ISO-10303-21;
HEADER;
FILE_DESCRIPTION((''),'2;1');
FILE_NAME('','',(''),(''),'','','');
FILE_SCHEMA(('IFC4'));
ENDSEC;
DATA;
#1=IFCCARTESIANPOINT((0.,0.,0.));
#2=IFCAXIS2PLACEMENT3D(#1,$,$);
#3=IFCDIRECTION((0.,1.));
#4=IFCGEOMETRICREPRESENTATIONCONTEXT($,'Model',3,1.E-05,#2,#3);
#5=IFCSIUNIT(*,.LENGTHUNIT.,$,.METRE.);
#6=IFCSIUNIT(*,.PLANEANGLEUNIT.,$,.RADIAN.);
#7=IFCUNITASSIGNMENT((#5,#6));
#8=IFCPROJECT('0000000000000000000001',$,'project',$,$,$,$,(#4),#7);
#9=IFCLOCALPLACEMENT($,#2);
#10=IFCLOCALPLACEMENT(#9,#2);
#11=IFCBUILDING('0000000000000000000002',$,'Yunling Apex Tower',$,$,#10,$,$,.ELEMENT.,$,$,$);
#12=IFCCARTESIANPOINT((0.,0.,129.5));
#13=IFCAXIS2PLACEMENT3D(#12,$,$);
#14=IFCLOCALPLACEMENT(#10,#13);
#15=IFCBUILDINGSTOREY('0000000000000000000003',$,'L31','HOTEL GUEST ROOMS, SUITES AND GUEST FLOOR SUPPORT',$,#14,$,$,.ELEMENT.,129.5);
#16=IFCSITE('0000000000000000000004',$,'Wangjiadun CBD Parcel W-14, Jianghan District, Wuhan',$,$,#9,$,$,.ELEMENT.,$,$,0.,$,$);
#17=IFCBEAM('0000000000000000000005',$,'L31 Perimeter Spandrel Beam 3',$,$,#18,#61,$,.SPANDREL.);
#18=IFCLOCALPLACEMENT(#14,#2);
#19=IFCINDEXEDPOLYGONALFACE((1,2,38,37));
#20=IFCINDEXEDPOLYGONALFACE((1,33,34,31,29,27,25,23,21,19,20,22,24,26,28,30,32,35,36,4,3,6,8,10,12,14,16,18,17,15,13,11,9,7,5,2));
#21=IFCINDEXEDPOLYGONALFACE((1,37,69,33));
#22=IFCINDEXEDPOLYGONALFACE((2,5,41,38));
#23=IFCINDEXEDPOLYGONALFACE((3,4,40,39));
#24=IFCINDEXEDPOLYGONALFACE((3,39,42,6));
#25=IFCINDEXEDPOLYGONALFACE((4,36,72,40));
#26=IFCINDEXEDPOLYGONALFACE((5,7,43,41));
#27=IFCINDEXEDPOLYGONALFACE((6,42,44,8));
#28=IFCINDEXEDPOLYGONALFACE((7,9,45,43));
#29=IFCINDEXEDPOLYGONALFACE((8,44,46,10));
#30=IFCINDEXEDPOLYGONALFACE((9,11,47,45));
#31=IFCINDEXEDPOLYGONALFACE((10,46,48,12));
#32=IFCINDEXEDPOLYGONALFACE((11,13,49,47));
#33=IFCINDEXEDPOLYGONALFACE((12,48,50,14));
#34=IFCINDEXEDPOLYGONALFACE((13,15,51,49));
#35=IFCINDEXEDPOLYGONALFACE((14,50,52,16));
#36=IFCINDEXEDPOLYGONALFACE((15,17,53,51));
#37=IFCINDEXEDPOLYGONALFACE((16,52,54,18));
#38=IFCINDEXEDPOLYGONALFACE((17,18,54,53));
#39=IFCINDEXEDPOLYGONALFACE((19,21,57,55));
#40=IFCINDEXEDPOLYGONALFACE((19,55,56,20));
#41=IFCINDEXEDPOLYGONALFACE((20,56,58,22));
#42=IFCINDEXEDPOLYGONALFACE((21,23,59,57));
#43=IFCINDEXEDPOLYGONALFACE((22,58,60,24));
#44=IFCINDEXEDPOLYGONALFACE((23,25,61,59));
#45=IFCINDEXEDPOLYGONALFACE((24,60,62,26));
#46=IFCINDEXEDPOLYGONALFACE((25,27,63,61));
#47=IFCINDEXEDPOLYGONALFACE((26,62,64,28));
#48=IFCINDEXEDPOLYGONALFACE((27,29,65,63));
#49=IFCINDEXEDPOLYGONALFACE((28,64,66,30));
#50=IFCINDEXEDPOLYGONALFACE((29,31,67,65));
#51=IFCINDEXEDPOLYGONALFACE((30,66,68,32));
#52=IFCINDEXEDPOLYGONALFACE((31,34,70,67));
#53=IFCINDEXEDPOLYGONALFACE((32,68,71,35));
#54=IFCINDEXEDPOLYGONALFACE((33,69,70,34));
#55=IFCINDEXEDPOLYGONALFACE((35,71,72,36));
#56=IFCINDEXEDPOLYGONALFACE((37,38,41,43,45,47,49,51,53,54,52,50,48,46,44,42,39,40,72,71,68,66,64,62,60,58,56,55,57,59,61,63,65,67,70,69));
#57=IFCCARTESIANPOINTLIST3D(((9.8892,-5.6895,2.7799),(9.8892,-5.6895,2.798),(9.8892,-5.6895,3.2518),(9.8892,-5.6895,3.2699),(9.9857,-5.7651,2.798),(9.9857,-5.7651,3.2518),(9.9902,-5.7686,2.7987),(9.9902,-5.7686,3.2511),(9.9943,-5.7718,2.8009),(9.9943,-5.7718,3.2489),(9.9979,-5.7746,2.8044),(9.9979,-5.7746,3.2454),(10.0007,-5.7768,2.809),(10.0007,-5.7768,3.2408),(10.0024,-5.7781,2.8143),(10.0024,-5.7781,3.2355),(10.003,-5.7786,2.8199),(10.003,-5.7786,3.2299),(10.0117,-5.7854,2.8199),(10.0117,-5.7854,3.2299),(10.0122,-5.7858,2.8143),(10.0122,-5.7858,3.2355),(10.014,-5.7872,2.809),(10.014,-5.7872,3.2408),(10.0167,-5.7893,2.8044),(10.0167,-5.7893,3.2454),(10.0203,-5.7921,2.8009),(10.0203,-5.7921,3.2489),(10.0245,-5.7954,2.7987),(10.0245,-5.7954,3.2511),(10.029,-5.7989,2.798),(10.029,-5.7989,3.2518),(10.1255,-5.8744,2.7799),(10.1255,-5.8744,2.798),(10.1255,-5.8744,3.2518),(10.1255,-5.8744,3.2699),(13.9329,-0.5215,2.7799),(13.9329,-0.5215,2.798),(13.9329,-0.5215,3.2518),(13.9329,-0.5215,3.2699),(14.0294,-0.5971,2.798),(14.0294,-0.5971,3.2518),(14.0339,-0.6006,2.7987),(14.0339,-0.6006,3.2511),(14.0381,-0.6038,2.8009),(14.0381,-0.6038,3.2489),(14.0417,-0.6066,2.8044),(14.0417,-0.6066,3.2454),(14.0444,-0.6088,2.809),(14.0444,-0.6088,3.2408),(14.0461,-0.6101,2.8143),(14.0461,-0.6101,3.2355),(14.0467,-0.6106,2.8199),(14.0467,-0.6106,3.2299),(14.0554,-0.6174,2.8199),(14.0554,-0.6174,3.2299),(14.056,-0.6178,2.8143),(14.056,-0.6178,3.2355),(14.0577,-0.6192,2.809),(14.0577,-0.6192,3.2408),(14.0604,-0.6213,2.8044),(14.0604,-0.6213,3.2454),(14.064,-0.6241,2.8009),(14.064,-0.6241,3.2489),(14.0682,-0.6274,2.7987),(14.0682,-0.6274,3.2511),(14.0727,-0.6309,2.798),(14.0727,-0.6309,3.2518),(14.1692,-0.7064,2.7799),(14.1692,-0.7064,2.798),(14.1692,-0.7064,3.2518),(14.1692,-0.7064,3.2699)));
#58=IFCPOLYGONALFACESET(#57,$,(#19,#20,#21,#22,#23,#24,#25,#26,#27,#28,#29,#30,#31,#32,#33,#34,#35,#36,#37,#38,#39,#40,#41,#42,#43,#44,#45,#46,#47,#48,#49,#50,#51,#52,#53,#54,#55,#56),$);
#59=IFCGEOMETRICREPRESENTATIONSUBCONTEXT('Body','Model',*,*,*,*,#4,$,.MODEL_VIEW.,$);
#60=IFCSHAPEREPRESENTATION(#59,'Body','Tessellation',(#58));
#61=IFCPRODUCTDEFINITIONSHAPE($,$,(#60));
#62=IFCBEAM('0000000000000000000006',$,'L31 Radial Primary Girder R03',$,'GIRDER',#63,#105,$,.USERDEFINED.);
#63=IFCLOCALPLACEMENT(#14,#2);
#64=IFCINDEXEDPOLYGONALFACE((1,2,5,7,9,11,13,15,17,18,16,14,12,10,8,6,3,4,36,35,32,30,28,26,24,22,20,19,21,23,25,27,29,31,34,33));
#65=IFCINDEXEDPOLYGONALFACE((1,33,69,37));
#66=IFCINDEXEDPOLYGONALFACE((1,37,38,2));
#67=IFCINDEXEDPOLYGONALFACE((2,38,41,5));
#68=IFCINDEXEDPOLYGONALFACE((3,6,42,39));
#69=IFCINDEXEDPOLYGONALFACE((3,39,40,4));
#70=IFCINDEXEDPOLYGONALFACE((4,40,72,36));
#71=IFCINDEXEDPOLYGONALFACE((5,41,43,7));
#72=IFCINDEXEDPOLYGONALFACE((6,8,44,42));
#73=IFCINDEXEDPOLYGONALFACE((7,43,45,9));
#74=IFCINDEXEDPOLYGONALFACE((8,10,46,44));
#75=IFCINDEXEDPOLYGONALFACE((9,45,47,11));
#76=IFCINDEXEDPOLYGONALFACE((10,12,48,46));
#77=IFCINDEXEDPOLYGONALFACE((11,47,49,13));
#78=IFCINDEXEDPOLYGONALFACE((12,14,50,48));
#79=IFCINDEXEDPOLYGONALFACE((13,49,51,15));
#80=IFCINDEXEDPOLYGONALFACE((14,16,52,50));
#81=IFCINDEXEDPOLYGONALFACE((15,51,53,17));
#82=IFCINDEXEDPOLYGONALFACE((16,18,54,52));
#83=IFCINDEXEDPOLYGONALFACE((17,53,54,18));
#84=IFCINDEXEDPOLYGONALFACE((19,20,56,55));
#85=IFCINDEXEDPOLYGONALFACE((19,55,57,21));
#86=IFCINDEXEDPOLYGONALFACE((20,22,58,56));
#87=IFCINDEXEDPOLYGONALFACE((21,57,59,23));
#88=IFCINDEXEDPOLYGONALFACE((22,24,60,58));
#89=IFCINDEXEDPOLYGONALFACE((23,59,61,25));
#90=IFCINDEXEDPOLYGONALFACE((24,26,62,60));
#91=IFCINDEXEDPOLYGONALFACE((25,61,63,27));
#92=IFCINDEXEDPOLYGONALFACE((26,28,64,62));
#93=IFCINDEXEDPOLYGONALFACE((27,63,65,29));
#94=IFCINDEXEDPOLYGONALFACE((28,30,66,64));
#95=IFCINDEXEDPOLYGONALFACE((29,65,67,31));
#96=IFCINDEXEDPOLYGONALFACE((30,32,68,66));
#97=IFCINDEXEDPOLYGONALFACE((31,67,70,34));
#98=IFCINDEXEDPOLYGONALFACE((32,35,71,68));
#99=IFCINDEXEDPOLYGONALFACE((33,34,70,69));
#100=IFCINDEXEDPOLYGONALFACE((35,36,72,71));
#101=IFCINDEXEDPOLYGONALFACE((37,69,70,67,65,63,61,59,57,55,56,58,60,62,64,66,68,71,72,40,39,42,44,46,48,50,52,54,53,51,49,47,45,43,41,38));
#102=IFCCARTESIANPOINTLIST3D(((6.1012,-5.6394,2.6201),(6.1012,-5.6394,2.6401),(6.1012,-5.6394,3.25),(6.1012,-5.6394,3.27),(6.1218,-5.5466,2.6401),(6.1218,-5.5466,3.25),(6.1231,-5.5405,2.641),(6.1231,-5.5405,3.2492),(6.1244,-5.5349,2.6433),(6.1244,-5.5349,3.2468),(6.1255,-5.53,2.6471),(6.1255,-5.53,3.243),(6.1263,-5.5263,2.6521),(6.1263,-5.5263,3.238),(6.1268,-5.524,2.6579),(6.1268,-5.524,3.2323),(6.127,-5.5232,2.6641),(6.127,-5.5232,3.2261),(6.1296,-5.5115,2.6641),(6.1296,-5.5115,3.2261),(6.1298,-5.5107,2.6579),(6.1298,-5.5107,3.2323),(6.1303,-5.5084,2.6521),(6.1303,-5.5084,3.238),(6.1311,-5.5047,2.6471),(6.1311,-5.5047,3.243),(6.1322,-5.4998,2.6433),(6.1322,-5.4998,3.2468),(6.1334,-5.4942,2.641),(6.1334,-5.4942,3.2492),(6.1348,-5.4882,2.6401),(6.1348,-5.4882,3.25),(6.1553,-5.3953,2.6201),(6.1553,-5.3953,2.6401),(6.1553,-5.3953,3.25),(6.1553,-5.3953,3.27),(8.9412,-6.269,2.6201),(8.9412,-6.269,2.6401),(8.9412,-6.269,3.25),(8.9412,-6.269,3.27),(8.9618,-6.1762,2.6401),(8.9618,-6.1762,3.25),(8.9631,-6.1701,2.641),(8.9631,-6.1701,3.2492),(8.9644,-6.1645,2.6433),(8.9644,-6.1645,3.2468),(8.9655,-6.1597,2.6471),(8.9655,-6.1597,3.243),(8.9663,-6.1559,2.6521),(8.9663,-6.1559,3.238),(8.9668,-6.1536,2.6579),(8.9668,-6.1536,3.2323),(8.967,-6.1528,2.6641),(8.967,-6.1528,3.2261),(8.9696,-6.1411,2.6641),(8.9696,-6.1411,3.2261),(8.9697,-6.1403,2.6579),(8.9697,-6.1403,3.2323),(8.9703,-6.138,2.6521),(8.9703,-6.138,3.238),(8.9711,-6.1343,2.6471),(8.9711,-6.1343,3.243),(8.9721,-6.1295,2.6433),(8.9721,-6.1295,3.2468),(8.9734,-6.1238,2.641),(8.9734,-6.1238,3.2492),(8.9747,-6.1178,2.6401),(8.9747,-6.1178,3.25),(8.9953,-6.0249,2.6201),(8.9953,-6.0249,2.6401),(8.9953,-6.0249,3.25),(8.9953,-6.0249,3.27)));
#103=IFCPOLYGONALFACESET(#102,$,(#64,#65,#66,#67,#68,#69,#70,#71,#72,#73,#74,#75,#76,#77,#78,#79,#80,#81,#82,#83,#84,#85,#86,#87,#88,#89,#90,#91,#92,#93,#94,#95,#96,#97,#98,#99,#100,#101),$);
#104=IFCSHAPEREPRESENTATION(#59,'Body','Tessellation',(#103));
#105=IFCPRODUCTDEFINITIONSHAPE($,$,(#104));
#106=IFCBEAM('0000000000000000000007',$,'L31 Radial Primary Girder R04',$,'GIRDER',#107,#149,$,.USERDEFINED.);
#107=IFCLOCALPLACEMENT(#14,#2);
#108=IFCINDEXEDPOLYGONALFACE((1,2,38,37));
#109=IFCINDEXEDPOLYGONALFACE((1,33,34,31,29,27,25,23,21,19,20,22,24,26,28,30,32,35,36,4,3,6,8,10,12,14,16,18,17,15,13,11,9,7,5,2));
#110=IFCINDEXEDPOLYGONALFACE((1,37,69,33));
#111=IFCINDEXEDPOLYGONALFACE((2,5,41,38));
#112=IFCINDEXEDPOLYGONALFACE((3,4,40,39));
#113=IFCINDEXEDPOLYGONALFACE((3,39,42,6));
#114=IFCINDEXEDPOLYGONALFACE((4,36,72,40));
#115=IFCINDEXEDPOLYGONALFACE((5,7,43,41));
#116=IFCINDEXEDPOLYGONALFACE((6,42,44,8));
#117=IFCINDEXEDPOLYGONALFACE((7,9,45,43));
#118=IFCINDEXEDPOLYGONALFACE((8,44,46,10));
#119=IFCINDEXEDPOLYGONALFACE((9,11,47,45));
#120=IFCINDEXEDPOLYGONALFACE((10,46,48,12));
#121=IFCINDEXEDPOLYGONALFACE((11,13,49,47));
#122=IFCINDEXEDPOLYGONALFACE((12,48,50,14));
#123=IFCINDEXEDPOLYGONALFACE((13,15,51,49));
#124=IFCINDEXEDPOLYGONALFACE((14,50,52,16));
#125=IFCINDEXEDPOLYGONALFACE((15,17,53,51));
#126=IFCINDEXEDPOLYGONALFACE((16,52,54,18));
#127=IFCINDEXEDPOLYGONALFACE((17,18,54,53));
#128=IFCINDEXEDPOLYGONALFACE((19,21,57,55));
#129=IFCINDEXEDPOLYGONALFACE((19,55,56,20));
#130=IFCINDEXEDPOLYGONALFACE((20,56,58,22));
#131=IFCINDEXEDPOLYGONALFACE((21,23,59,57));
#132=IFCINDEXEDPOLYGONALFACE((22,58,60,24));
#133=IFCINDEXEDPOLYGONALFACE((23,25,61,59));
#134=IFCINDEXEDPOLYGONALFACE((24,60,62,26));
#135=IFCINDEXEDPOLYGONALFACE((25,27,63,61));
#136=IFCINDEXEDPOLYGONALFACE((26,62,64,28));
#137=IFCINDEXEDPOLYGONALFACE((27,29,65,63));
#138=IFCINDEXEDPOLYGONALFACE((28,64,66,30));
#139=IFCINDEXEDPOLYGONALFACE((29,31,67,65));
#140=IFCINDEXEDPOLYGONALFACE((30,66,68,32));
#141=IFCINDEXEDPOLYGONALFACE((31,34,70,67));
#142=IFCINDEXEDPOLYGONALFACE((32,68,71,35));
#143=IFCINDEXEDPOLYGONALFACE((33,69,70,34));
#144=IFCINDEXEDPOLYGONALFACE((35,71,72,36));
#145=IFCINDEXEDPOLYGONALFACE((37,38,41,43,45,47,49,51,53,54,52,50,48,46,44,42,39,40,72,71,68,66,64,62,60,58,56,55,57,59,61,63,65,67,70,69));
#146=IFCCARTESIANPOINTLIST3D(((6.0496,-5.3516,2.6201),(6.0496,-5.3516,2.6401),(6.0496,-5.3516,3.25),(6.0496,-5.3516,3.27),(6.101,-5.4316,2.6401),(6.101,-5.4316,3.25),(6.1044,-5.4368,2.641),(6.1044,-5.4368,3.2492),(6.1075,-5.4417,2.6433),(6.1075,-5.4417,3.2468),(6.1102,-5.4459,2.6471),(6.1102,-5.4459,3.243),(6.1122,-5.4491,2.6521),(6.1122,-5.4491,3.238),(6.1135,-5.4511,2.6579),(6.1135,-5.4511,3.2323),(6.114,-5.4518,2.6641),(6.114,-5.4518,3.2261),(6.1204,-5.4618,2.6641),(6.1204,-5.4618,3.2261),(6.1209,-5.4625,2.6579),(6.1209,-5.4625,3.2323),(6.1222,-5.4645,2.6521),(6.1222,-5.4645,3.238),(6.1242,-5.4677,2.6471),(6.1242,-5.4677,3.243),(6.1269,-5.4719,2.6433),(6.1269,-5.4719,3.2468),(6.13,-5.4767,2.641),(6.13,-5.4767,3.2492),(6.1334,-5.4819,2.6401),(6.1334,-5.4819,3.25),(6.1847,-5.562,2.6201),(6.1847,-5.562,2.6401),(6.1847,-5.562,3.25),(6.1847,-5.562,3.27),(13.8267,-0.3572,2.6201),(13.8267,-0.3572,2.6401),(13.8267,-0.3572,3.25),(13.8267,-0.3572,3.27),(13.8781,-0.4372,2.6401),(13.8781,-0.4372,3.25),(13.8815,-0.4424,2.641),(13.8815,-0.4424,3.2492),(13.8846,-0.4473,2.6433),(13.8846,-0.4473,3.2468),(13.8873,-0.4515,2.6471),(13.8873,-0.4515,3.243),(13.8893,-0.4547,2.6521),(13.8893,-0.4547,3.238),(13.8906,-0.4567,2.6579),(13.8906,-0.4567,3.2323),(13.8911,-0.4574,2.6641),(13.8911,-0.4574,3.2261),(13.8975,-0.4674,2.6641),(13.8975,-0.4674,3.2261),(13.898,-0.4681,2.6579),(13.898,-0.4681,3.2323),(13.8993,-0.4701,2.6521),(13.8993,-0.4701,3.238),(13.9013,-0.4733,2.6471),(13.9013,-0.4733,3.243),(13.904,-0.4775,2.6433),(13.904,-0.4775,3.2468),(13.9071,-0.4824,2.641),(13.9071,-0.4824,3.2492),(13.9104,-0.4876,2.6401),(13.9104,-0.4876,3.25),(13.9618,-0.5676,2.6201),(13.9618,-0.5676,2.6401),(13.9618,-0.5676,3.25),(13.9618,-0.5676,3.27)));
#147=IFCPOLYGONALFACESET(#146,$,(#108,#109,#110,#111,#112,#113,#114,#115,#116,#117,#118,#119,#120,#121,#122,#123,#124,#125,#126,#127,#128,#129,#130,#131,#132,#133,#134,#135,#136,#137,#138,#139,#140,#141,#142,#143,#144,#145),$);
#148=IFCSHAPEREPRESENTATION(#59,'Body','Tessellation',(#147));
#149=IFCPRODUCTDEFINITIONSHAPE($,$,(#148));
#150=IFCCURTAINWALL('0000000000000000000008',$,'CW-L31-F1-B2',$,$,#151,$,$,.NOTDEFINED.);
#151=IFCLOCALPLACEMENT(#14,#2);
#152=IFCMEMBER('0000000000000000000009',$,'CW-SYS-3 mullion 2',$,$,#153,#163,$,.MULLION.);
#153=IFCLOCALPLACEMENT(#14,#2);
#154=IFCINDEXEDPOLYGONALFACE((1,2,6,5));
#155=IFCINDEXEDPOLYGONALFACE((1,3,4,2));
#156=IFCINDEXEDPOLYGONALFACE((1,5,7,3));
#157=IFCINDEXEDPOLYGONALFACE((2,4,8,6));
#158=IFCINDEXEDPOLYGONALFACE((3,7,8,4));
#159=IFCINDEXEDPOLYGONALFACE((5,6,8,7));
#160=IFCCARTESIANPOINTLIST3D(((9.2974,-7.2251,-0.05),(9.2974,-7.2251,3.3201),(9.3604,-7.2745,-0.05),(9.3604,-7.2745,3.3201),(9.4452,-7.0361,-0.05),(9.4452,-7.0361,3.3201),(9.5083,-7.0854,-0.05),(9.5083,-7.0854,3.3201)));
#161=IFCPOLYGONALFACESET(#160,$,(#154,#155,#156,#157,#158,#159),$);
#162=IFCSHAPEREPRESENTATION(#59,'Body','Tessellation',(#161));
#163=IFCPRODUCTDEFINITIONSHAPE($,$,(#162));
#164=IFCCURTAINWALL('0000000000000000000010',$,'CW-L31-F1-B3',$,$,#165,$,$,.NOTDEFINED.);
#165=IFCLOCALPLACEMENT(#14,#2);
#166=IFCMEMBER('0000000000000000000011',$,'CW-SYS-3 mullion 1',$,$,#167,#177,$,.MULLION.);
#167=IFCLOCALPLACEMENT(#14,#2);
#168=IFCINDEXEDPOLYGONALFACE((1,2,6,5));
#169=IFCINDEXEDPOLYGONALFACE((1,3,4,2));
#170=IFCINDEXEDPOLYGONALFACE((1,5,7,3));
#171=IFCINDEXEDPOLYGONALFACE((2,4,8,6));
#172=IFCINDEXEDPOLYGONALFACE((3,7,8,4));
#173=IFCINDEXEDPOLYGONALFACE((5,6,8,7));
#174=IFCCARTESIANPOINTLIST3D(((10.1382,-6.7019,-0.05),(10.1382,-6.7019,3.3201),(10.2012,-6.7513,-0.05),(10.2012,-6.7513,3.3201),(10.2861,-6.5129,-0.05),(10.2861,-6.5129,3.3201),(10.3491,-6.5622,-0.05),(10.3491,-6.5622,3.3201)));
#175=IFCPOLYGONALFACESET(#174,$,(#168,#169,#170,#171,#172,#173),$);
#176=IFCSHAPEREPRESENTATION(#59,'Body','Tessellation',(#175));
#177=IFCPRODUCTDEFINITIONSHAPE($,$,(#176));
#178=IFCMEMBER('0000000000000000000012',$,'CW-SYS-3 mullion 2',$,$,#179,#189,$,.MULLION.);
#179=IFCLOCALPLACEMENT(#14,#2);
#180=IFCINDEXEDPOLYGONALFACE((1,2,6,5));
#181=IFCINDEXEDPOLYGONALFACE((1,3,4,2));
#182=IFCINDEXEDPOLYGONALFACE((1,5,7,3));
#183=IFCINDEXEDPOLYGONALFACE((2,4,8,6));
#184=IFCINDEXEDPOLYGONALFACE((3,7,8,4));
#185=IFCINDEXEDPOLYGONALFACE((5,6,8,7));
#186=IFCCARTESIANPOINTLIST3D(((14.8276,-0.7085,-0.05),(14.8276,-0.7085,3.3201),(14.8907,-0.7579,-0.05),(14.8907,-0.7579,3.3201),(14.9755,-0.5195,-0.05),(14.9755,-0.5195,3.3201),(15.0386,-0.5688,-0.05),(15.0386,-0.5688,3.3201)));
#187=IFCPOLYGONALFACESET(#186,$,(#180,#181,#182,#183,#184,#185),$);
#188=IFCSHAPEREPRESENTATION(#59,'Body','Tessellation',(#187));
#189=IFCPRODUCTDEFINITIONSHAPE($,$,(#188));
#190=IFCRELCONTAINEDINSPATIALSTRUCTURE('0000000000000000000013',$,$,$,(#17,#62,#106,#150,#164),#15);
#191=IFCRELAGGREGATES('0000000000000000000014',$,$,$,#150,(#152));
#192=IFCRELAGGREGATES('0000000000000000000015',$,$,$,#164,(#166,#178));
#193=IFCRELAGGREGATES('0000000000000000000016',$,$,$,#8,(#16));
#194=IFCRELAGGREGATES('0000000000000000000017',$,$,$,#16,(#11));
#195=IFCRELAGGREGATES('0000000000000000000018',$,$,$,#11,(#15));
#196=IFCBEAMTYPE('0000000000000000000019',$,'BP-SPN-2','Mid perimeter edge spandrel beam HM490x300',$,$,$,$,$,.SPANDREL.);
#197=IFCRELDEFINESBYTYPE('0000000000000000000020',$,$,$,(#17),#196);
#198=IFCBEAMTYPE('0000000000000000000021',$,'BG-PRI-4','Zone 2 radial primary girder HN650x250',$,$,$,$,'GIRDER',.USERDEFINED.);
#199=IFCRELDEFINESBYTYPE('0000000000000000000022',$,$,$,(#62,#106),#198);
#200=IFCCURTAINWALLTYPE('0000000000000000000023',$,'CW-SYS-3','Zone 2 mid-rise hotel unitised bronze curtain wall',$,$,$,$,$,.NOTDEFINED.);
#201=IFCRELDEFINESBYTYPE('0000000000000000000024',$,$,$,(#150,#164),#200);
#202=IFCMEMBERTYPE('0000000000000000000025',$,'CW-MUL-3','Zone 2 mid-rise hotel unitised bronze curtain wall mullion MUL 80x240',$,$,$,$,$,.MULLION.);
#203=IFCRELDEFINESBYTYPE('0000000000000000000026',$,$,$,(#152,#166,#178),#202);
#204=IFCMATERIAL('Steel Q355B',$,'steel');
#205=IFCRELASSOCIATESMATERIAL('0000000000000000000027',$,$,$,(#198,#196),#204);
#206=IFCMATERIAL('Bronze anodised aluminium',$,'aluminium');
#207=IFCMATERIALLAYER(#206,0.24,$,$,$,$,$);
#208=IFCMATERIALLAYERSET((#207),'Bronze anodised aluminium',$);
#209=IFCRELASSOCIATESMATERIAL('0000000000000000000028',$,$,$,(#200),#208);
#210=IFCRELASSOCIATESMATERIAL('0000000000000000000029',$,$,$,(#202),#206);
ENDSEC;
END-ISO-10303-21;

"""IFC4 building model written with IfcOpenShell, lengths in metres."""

from ifc_helpers import new_model, si_unit, direction, frame, origin, origin_2d, place, context, subcontext, project, spatial, rectangle, i_section, extrude, source, transform, mapped, material, layer, layer_set, material_profile, profile_set, type_object, element, aggregate, save


model = new_model("IFC4")

# Units and contexts
model_context = context("Model", 3, precision=1e-05, world=origin(), true_north=direction((0.0, 1.0)))
body_context = subcontext(model_context, "Body", "Model", "MODEL_VIEW")
ifc_project = project(units=[si_unit("LENGTHUNIT", "METRE"), si_unit("PLANEANGLEUNIT", "RADIAN")], contexts=[model_context])

# Site, building, storey
site_placement = place(None, origin())
site = spatial("IfcSite", under=ifc_project, at=site_placement, Name="Wangjiadun CBD Parcel W-14, Jianghan District, Wuhan", CompositionType="ELEMENT", RefElevation=0.0)
building_placement = place(site_placement, origin())
building = spatial("IfcBuilding", under=site, at=building_placement, Name="Yunling Apex Tower", CompositionType="ELEMENT")
storey_placement = place(building_placement, frame((0.0, 0.0, 129.5)))
storey = spatial("IfcBuildingStorey", under=building, at=storey_placement, Name="L31", Description="HOTEL GUEST ROOMS, SUITES AND GUEST FLOOR SUPPORT", CompositionType="ELEMENT", Elevation=129.5)

# Beams
ifc_material_1 = material(Name="Steel Q355B", Category="steel")
ifc_material_profile_1 = material_profile(ifc_material_1, i_section(OverallWidth=0.25, OverallDepth=0.6499, WebThickness=0.012, FlangeThickness=0.02, FilletRadius=0.0239, at=origin_2d()))
ifc_profile_set_1 = profile_set([ifc_material_profile_1], Name="Steel Q355B")
beam_type_1 = type_object("IfcBeamType", Name="BG-PRI-4", Description="Zone 2 radial primary girder HN650x250", ElementType="GIRDER", PredefinedType="USERDEFINED", material=ifc_profile_set_1)
ifc_material_profile_2 = material_profile(ifc_material_1, i_section(OverallWidth=0.3, OverallDepth=0.49, WebThickness=0.011, FlangeThickness=0.0181, FilletRadius=0.022, at=origin_2d()))
ifc_profile_set_2 = profile_set([ifc_material_profile_2], Name="Steel Q355B")
beam_type_2 = type_object("IfcBeamType", Name="BP-SPN-2", Description="Mid perimeter edge spandrel beam HM490x300", PredefinedType="SPANDREL", material=ifc_profile_set_2)
shared_shape_1 = source(origin(), body_context, "Body", "SweptSolid", [
    extrude(i_section(OverallWidth=0.3, OverallDepth=0.49, WebThickness=0.011, FlangeThickness=0.0181, FilletRadius=0.022, at=origin_2d()), origin(), (0.0, 0.0, 1.0), 6.562),
])
beam_1_placement = place(storey_placement, frame((10.0073, -5.782, 3.0249), z_axis=(0.616233, 0.787564, 0.0), x_axis=(-0.787564, 0.616233, 0.0)))
element("IfcBeam", 1, at=beam_1_placement, inside=storey, type_object=beam_type_2, Name="L31 Perimeter Spandrel Beam 3", PredefinedType="SPANDREL", context=body_context, shape_type="MappedRepresentation", body=[
    mapped(shared_shape_1, transform((0.0, 0.0, 0.0), scale=1.0)),
])
shared_shape_2 = source(origin(), body_context, "Body", "SweptSolid", [
    extrude(i_section(OverallWidth=0.25, OverallDepth=0.6499, WebThickness=0.012, FlangeThickness=0.02, FilletRadius=0.0239, at=origin_2d()), origin(), (0.0, 0.0, 1.0), 2.9089),
])
beam_2_placement = place(storey_placement, frame((8.9683, -6.147, 2.9451), z_axis=(-0.976296, 0.216442, 0.0), x_axis=(-0.216442, -0.976296, 0.0)))
element("IfcBeam", 2, at=beam_2_placement, inside=storey, type_object=beam_type_1, Name="L31 Radial Primary Girder R03", ObjectType="GIRDER", PredefinedType="USERDEFINED", context=body_context, shape_type="MappedRepresentation", body=[
    mapped(shared_shape_2, transform((0.0, 0.0, 0.0), scale=1.0)),
])
shared_shape_3 = source(origin(), body_context, "Body", "SweptSolid", [
    extrude(i_section(OverallWidth=0.25, OverallDepth=0.6499, WebThickness=0.012, FlangeThickness=0.02, FilletRadius=0.0239, at=origin_2d()), origin(), (0.0, 0.0, 1.0), 9.2427),
])
beam_3_placement = place(storey_placement, frame((13.8943, -0.4624, 2.9451), z_axis=(-0.841433, -0.540361, 0.0), x_axis=(0.540361, -0.841433, 0.0)))
element("IfcBeam", 3, at=beam_3_placement, inside=storey, type_object=beam_type_1, Name="L31 Radial Primary Girder R04", ObjectType="GIRDER", PredefinedType="USERDEFINED", context=body_context, shape_type="MappedRepresentation", body=[
    mapped(shared_shape_3, transform((0.0, 0.0, 0.0), scale=1.0)),
])

# Curtain wall, member
ifc_material_2 = material(Name="Bronze anodised aluminium", Category="aluminium")
ifc_layer_1 = layer(ifc_material_2, 0.24)
ifc_layer_set_1 = layer_set([ifc_layer_1], Name="Bronze anodised aluminium")
curtain_wall_type = type_object("IfcCurtainWallType", Name="CW-SYS-3", Description="Zone 2 mid-rise hotel unitised bronze curtain wall", PredefinedType="NOTDEFINED", material=ifc_layer_set_1)
curtain_wall_1_placement = place(storey_placement, origin())
curtain_wall_1 = element("IfcCurtainWall", 4, at=curtain_wall_1_placement, inside=storey, type_object=curtain_wall_type, Name="CW-L31-F1-B2", PredefinedType="NOTDEFINED")
ifc_material_profile_3 = material_profile(ifc_material_2, rectangle(XDim=0.0801, YDim=0.24, at=origin_2d()))
ifc_profile_set_3 = profile_set([ifc_material_profile_3], Name="Bronze anodised aluminium")
member_type_1 = type_object("IfcMemberType", Name="CW-MUL-3", Description="Zone 2 mid-rise hotel unitised bronze curtain wall mullion MUL 80x240", PredefinedType="MULLION", material=ifc_profile_set_3)
shared_shape_4 = source(origin(), body_context, "Body", "SweptSolid", [
    extrude(rectangle(XDim=0.0801, YDim=0.24, at=origin_2d()), origin(), (0.0, 0.0, 1.0), 3.3701),
])
member_1_placement = place(storey_placement, frame((9.4028, -7.1553, -0.05), z_axis=(0.0, 0.0, 1.0), x_axis=(-0.78759, 0.616199, 0.0)))
member_1 = element("IfcMember", 5, at=member_1_placement, type_object=member_type_1, Name="CW-SYS-3 mullion 2", PredefinedType="MULLION", context=body_context, shape_type="MappedRepresentation", body=[
    mapped(shared_shape_4, transform((0.0, 0.0, 0.0), scale=1.0)),
])

# Curtain wall, members
curtain_wall_2_placement = place(storey_placement, origin())
curtain_wall_2 = element("IfcCurtainWall", 6, at=curtain_wall_2_placement, inside=storey, type_object=curtain_wall_type, Name="CW-L31-F1-B3", PredefinedType="NOTDEFINED")
member_2_placement = place(storey_placement, frame((10.2437, -6.6321, -0.05), z_axis=(0.0, 0.0, 1.0), x_axis=(-0.787584, 0.616208, 0.0)))
member_2 = element("IfcMember", 7, at=member_2_placement, type_object=member_type_1, Name="CW-SYS-3 mullion 1", PredefinedType="MULLION", context=body_context, shape_type="MappedRepresentation", body=[
    mapped(shared_shape_4, transform((0.0, 0.0, 0.0), scale=1.0)),
])
member_3_placement = place(storey_placement, frame((14.9331, -0.6387, -0.05), z_axis=(0.0, 0.0, 1.0), x_axis=(-0.787584, 0.616208, 0.0)))
member_3 = element("IfcMember", 8, at=member_3_placement, type_object=member_type_1, Name="CW-SYS-3 mullion 2", PredefinedType="MULLION", context=body_context, shape_type="MappedRepresentation", body=[
    mapped(shared_shape_4, transform((0.0, 0.0, 0.0), scale=1.0)),
])

aggregate(curtain_wall_1, [member_1])
aggregate(curtain_wall_2, [member_2, member_3])

save(model, "model.ifc")
